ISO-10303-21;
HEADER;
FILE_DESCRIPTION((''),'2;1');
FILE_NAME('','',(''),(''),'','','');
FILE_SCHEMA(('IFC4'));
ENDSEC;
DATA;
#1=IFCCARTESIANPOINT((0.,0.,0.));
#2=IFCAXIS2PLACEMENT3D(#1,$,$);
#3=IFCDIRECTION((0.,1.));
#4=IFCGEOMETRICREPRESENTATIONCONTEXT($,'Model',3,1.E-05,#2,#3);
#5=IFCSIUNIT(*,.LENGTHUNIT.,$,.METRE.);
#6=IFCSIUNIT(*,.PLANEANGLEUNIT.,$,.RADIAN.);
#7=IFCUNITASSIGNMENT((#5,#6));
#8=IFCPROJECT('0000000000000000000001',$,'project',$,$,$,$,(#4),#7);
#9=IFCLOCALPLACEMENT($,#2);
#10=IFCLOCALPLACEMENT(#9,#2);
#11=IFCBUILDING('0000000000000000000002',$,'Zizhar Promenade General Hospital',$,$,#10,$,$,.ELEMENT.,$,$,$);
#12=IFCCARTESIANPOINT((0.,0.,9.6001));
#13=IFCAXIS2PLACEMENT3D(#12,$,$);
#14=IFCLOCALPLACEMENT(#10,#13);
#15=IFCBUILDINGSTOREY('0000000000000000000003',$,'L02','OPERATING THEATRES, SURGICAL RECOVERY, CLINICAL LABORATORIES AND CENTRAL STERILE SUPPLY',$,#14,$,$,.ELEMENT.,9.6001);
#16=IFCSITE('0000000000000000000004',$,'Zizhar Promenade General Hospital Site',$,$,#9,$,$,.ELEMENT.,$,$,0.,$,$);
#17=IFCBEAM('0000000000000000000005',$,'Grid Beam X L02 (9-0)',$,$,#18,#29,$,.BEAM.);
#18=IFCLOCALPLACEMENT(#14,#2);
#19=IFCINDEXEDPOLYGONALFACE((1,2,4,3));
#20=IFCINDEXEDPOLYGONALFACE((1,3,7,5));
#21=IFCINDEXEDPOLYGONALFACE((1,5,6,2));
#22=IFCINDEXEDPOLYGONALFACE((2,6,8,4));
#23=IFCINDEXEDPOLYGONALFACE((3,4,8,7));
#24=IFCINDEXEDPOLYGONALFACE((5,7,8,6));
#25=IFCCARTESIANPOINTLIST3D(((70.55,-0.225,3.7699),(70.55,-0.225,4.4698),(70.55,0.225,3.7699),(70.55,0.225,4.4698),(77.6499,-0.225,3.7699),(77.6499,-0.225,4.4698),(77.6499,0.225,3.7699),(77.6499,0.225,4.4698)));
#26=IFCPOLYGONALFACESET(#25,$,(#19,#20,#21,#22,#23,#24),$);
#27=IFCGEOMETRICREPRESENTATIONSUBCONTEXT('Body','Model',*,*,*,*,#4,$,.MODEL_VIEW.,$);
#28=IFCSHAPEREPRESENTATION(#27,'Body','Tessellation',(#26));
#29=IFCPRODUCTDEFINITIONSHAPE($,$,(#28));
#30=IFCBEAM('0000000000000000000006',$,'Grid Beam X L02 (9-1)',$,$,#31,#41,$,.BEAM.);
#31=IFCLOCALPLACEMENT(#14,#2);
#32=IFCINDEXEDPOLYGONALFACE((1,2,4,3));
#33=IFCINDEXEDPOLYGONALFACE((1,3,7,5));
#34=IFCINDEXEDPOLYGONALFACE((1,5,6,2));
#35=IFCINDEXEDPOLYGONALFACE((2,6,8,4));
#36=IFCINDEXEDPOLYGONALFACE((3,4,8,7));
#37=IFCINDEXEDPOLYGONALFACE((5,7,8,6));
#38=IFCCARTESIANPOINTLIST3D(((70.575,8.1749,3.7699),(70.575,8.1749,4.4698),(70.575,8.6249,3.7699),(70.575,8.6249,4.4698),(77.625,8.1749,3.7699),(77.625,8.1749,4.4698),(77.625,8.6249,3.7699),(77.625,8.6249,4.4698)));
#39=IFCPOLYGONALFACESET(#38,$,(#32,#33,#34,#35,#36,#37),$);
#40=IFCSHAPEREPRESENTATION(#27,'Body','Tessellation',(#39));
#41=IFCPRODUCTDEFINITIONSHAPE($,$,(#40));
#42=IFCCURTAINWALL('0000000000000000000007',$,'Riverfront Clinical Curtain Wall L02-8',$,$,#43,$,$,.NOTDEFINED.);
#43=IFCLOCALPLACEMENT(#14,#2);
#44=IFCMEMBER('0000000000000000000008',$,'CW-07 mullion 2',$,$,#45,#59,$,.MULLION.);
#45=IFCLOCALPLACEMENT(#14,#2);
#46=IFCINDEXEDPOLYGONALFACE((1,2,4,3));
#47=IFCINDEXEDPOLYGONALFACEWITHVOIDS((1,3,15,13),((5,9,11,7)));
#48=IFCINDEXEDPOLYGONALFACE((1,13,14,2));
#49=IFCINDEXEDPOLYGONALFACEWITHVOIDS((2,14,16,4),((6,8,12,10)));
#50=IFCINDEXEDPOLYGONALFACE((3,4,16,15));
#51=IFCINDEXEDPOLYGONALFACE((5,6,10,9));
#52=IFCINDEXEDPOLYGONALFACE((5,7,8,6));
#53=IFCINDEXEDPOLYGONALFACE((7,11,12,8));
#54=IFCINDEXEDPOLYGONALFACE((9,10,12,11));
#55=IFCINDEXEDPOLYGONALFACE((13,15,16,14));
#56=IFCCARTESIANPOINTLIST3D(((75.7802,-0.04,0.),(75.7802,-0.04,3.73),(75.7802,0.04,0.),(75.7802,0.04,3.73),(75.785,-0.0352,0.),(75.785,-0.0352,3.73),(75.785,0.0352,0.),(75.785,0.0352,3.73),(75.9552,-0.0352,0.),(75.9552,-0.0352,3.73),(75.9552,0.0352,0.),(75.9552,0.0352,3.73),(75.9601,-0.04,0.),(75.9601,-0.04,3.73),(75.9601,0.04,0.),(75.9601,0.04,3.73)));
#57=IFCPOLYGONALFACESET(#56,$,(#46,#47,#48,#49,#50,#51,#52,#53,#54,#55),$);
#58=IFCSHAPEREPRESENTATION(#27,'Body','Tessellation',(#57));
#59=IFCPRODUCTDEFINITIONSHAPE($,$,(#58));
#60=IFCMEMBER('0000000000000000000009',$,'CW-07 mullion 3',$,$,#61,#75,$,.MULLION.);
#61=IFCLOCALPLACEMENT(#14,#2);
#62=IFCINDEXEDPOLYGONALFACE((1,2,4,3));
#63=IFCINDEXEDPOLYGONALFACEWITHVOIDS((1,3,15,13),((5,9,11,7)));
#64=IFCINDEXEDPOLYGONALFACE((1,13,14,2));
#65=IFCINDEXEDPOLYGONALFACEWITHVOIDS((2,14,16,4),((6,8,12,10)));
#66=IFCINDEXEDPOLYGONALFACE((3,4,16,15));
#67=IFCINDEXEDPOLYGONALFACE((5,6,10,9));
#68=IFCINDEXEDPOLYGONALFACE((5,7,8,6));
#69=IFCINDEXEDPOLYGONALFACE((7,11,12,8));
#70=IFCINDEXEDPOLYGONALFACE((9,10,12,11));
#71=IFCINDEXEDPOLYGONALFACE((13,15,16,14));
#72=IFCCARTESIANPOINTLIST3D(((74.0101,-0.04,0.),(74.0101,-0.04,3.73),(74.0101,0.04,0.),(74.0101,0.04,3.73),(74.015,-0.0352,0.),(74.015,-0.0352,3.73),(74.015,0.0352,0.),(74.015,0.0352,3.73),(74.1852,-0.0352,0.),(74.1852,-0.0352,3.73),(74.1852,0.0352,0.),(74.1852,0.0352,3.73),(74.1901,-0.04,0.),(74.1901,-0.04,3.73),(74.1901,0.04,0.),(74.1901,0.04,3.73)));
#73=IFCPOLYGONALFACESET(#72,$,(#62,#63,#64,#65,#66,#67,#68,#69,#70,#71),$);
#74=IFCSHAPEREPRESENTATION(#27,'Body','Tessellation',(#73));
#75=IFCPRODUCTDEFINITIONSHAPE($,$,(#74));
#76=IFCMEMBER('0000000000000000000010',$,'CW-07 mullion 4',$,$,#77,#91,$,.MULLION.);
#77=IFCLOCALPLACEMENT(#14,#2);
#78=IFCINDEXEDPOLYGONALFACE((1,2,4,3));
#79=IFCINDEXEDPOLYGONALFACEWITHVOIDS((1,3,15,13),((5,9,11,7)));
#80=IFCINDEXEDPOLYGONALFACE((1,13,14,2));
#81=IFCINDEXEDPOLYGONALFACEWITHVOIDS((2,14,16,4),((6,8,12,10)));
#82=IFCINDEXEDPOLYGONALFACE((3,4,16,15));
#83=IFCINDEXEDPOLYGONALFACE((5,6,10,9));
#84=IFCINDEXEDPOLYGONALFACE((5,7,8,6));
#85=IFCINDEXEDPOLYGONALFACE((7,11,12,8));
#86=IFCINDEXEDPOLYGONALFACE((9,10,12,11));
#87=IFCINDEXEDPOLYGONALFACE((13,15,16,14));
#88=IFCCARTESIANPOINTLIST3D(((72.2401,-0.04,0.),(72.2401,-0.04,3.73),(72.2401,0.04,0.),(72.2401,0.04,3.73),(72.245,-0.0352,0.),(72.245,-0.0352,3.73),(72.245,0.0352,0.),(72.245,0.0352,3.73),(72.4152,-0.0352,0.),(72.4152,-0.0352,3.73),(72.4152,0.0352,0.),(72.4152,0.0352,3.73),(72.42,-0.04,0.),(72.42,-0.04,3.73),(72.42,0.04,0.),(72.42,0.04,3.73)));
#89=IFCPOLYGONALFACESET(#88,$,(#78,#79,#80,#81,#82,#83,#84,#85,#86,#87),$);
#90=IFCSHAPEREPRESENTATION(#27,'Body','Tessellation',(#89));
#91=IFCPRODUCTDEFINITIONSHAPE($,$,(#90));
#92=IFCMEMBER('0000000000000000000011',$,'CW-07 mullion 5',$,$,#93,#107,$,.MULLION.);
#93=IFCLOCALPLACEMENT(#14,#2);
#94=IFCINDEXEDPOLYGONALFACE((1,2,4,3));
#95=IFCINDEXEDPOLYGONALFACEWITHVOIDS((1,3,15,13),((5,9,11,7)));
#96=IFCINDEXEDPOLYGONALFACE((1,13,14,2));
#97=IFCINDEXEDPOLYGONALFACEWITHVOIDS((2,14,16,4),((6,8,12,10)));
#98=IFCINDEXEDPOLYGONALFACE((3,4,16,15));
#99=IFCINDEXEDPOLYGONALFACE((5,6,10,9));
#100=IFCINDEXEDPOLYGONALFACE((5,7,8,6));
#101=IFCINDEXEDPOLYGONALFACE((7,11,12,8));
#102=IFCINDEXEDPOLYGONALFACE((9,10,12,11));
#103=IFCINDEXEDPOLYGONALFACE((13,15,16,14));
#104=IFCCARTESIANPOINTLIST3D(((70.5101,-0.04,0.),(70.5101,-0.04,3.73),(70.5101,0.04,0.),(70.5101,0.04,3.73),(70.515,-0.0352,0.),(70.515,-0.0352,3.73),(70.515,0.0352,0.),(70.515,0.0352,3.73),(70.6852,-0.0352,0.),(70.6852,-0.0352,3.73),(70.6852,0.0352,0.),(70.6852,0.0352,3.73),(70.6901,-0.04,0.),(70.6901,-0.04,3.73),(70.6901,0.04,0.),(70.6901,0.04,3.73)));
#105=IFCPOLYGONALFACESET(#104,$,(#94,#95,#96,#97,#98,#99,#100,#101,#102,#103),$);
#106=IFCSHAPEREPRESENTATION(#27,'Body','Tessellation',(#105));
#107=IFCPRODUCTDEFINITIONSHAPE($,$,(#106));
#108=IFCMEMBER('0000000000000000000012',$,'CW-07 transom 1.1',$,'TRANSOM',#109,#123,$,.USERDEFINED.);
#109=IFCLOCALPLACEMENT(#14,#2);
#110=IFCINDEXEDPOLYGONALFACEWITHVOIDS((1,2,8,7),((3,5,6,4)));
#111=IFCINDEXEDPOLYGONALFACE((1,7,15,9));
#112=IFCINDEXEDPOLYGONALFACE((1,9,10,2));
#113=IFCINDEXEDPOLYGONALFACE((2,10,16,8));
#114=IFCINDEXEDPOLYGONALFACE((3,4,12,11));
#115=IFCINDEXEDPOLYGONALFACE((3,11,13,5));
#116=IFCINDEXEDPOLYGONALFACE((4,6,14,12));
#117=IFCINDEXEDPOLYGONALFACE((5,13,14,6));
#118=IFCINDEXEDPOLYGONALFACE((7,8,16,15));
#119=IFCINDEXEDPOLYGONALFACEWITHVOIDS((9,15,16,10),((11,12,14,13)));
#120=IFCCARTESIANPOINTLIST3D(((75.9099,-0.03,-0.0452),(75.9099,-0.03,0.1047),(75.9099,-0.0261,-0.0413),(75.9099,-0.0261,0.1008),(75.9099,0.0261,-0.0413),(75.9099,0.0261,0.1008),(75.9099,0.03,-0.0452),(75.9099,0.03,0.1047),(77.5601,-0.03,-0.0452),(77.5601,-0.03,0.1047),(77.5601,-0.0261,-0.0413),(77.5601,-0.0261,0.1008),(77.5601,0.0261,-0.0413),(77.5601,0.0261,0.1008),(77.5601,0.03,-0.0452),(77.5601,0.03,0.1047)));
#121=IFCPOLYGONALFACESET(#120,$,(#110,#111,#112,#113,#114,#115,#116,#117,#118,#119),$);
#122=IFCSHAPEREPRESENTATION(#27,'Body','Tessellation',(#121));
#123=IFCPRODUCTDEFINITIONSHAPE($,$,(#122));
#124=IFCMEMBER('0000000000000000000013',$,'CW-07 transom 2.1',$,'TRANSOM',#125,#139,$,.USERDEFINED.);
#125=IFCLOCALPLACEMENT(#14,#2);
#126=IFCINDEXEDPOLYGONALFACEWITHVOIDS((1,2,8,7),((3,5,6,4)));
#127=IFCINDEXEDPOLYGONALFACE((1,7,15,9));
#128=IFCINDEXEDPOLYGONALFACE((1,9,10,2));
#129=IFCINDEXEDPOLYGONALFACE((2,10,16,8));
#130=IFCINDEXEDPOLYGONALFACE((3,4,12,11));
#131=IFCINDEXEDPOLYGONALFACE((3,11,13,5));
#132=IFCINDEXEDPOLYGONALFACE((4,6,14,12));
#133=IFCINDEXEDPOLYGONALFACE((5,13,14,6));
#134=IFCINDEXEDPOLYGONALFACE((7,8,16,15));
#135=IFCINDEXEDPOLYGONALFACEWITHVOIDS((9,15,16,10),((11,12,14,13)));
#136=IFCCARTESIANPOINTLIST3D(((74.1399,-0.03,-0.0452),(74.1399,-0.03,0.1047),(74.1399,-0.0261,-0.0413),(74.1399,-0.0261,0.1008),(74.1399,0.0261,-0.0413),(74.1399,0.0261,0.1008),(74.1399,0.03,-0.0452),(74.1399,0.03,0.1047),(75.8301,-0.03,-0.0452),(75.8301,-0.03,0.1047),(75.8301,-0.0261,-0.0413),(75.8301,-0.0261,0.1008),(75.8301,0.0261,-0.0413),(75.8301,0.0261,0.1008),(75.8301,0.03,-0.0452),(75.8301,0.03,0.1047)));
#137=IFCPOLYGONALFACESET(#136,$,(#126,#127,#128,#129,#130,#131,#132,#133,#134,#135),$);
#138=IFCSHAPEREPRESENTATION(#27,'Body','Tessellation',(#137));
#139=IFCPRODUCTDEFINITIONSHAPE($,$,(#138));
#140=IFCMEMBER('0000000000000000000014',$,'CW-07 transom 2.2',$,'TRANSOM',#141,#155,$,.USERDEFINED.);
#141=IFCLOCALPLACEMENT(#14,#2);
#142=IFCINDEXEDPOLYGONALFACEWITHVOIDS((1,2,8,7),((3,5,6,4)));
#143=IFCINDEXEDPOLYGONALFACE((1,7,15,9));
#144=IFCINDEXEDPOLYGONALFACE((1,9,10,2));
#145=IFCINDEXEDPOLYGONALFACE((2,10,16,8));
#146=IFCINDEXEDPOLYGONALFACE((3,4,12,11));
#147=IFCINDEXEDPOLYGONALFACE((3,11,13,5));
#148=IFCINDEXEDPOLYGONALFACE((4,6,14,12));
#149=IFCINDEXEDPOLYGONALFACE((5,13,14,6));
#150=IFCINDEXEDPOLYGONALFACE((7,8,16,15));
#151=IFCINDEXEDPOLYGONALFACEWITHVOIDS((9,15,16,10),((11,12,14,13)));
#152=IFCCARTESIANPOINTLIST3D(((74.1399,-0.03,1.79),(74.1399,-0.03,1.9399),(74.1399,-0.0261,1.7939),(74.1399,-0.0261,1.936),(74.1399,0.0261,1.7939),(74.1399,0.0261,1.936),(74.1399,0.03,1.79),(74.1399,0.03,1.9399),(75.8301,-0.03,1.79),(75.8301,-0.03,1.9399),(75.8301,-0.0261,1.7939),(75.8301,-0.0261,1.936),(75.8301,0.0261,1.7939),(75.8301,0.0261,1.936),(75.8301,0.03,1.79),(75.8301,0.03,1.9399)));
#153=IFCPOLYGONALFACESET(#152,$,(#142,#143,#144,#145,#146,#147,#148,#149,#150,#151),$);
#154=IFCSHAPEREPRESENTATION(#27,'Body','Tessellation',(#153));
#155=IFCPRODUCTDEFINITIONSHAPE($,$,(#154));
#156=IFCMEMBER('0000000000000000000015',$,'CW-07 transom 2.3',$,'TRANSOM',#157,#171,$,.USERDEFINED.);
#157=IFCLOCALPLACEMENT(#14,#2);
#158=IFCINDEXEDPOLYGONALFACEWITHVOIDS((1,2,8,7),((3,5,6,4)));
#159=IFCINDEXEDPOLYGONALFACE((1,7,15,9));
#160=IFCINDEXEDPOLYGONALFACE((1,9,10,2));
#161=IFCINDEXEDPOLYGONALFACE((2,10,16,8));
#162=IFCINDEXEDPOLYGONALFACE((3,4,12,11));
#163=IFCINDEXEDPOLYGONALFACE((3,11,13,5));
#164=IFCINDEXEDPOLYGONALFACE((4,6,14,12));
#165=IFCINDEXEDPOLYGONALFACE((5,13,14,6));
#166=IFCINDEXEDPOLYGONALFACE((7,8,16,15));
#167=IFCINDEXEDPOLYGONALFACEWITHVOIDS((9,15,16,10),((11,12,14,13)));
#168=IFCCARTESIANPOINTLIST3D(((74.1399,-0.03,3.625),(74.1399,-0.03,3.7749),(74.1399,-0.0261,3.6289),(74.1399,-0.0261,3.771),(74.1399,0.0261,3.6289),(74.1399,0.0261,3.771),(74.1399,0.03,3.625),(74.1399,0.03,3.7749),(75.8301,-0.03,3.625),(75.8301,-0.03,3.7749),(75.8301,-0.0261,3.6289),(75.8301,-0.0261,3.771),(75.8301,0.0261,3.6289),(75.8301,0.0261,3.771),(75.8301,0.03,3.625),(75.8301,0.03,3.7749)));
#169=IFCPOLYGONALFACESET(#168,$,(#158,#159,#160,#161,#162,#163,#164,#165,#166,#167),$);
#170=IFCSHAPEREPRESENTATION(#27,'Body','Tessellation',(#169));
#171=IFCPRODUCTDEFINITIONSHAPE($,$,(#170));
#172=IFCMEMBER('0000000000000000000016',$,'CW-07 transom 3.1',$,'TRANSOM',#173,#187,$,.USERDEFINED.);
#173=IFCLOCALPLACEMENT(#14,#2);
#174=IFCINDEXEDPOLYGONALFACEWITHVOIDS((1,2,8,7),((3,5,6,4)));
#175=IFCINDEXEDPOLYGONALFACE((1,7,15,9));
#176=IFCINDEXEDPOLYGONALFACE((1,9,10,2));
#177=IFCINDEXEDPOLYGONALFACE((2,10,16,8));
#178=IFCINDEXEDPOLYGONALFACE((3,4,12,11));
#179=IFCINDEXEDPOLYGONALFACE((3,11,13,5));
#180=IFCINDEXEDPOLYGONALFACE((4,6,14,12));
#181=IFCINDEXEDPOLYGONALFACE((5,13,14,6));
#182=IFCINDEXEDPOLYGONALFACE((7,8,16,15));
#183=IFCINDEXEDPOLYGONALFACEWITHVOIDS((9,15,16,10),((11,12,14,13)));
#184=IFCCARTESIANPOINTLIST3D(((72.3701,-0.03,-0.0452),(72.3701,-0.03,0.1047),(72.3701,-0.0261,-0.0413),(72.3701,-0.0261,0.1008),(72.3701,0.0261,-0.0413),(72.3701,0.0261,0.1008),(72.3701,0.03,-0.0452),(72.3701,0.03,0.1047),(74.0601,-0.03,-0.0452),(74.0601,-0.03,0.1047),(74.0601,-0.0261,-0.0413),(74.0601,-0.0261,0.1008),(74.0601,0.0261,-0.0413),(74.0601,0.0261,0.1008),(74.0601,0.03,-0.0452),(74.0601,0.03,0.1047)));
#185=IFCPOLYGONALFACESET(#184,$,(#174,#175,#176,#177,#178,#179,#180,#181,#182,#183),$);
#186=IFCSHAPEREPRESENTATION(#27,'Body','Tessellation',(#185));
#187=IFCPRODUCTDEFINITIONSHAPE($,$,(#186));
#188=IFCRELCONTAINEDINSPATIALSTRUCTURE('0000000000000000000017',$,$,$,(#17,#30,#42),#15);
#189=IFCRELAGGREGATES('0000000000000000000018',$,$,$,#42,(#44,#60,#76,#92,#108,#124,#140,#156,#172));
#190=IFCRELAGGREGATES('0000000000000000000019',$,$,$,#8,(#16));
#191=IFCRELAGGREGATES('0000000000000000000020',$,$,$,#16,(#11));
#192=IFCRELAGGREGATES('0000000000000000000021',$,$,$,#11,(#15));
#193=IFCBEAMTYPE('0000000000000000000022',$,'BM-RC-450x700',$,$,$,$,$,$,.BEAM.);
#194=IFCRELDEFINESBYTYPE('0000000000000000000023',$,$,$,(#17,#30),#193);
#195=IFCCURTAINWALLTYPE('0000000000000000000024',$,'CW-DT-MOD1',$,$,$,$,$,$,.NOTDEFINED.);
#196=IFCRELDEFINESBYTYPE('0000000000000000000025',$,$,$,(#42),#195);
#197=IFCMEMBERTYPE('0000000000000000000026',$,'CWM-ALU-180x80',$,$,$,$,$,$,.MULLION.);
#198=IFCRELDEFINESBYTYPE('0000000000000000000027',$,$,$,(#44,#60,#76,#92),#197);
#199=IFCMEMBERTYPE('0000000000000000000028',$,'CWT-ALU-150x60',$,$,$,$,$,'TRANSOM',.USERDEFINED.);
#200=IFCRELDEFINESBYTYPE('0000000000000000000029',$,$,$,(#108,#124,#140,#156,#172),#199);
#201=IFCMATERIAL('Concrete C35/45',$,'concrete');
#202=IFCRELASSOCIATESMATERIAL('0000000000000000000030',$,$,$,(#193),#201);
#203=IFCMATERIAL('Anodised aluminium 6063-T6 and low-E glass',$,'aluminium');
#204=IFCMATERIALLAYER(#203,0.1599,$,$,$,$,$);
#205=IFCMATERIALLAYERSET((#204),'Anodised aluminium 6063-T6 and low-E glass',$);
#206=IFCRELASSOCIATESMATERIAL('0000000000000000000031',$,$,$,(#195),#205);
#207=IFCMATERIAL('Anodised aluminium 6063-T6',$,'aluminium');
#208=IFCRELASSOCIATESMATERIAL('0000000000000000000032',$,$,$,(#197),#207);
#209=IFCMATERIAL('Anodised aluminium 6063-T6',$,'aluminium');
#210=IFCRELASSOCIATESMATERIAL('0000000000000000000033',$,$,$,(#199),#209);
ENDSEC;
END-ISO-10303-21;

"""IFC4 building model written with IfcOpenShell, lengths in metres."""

from ifc_helpers import new_model, si_unit, direction, frame, origin, origin_2d, place, context, subcontext, project, spatial, rectangle, hollow_rectangle, extrude, material, layer, layer_set, material_profile, profile_set, type_object, element, aggregate, save


model = new_model("IFC4")

# Units and contexts
model_context = context("Model", 3, precision=1e-05, world=origin(), true_north=direction((0.0, 1.0)))
body_context = subcontext(model_context, "Body", "Model", "MODEL_VIEW")
ifc_project = project(units=[si_unit("LENGTHUNIT", "METRE"), si_unit("PLANEANGLEUNIT", "RADIAN")], contexts=[model_context])

# Site, building, storey
site_placement = place(None, origin())
site = spatial("IfcSite", under=ifc_project, at=site_placement, Name="Zizhar Promenade General Hospital Site", CompositionType="ELEMENT", RefElevation=0.0)
building_placement = place(site_placement, origin())
building = spatial("IfcBuilding", under=site, at=building_placement, Name="Zizhar Promenade General Hospital", CompositionType="ELEMENT")
storey_placement = place(building_placement, frame((0.0, 0.0, 9.6001)))
storey = spatial("IfcBuildingStorey", under=building, at=storey_placement, Name="L02", Description="OPERATING THEATRES, SURGICAL RECOVERY, CLINICAL LABORATORIES AND CENTRAL STERILE SUPPLY", CompositionType="ELEMENT", Elevation=9.6001)

# Beams
ifc_material_1 = material(Name="Concrete C35/45", Category="concrete")
ifc_material_profile_1 = material_profile(ifc_material_1, rectangle(XDim=0.45, YDim=0.7, at=origin_2d()))
ifc_profile_set_1 = profile_set([ifc_material_profile_1], Name="Concrete C35/45")
beam_type = type_object("IfcBeamType", Name="BM-RC-450x700", PredefinedType="BEAM", material=ifc_profile_set_1)
beam_1_placement = place(storey_placement, frame((70.55, 0.0, 4.1199), z_axis=(1.0, 0.0, 0.0), x_axis=(0.0, 1.0, 0.0)))
element("IfcBeam", 1, at=beam_1_placement, inside=storey, type_object=beam_type, Name="Grid Beam X L02 (9-0)", PredefinedType="BEAM", context=body_context, shape_type="SweptSolid", body=[
    extrude(rectangle(XDim=0.45, YDim=0.7, at=origin_2d()), origin(), (0.0, 0.0, 1.0), 7.0999),
])
beam_2_placement = place(storey_placement, frame((70.575, 8.3999, 4.1199), z_axis=(1.0, 0.0, 0.0), x_axis=(0.0, 1.0, 0.0)))
element("IfcBeam", 2, at=beam_2_placement, inside=storey, type_object=beam_type, Name="Grid Beam X L02 (9-1)", PredefinedType="BEAM", context=body_context, shape_type="SweptSolid", body=[
    extrude(rectangle(XDim=0.45, YDim=0.7, at=origin_2d()), origin(), (0.0, 0.0, 1.0), 7.05),
])

# Curtain wall, members
ifc_material_2 = material(Name="Anodised aluminium 6063-T6 and low-E glass", Category="aluminium")
ifc_layer_1 = layer(ifc_material_2, 0.1599)
ifc_layer_set_1 = layer_set([ifc_layer_1], Name="Anodised aluminium 6063-T6 and low-E glass")
curtain_wall_type = type_object("IfcCurtainWallType", Name="CW-DT-MOD1", PredefinedType="NOTDEFINED", material=ifc_layer_set_1)
curtain_wall_placement = place(storey_placement, origin())
curtain_wall = element("IfcCurtainWall", 3, at=curtain_wall_placement, inside=storey, type_object=curtain_wall_type, Name="Riverfront Clinical Curtain Wall L02-8", PredefinedType="NOTDEFINED")
ifc_material_3 = material(Name="Anodised aluminium 6063-T6", Category="aluminium")
ifc_material_profile_2 = material_profile(ifc_material_3, hollow_rectangle(XDim=0.0801, YDim=0.1799, WallThickness=0.0049, at=origin_2d()))
ifc_profile_set_2 = profile_set([ifc_material_profile_2], Name="Anodised aluminium 6063-T6")
member_type_1 = type_object("IfcMemberType", Name="CWM-ALU-180x80", PredefinedType="MULLION", material=ifc_profile_set_2)
member_1_placement = place(storey_placement, frame((75.8701, 0.0, 0.0), z_axis=(0.0, 0.0, 1.0), x_axis=(0.0, -1.0, 0.0)))
member_1 = element("IfcMember", 4, at=member_1_placement, type_object=member_type_1, Name="CW-07 mullion 2", PredefinedType="MULLION", context=body_context, shape_type="SweptSolid", body=[
    extrude(hollow_rectangle(XDim=0.0801, YDim=0.1799, WallThickness=0.0049, at=origin_2d()), origin(), (0.0, 0.0, 1.0), 3.73),
])
member_2_placement = place(storey_placement, frame((74.1001, 0.0, 0.0), z_axis=(0.0, 0.0, 1.0), x_axis=(0.0, -1.0, 0.0)))
member_2 = element("IfcMember", 5, at=member_2_placement, type_object=member_type_1, Name="CW-07 mullion 3", PredefinedType="MULLION", context=body_context, shape_type="SweptSolid", body=[
    extrude(hollow_rectangle(XDim=0.0801, YDim=0.1799, WallThickness=0.0049, at=origin_2d()), origin(), (0.0, 0.0, 1.0), 3.73),
])
member_3_placement = place(storey_placement, frame((72.3301, 0.0, 0.0), z_axis=(0.0, 0.0, 1.0), x_axis=(0.0, -1.0, 0.0)))
member_3 = element("IfcMember", 6, at=member_3_placement, type_object=member_type_1, Name="CW-07 mullion 4", PredefinedType="MULLION", context=body_context, shape_type="SweptSolid", body=[
    extrude(hollow_rectangle(XDim=0.0801, YDim=0.1799, WallThickness=0.0049, at=origin_2d()), origin(), (0.0, 0.0, 1.0), 3.73),
])
member_4_placement = place(storey_placement, frame((70.6001, 0.0, 0.0), z_axis=(0.0, 0.0, 1.0), x_axis=(0.0, -1.0, 0.0)))
member_4 = element("IfcMember", 7, at=member_4_placement, type_object=member_type_1, Name="CW-07 mullion 5", PredefinedType="MULLION", context=body_context, shape_type="SweptSolid", body=[
    extrude(hollow_rectangle(XDim=0.0801, YDim=0.1799, WallThickness=0.0049, at=origin_2d()), origin(), (0.0, 0.0, 1.0), 3.73),
])
ifc_material_4 = material(Name="Anodised aluminium 6063-T6", Category="aluminium")
ifc_material_profile_3 = material_profile(ifc_material_4, hollow_rectangle(XDim=0.0601, YDim=0.1499, WallThickness=0.0039, at=origin_2d()))
ifc_profile_set_3 = profile_set([ifc_material_profile_3], Name="Anodised aluminium 6063-T6")
member_type_2 = type_object("IfcMemberType", Name="CWT-ALU-150x60", ElementType="TRANSOM", PredefinedType="USERDEFINED", material=ifc_profile_set_3)
member_5_placement = place(storey_placement, frame((77.5601, 0.0, 0.0298), z_axis=(-1.0, 0.0, 0.0), x_axis=(0.0, -1.0, 0.0)))
member_5 = element("IfcMember", 8, at=member_5_placement, type_object=member_type_2, Name="CW-07 transom 1.1", ObjectType="TRANSOM", PredefinedType="USERDEFINED", context=body_context, shape_type="SweptSolid", body=[
    extrude(hollow_rectangle(XDim=0.0601, YDim=0.1499, WallThickness=0.0039, at=origin_2d()), origin(), (0.0, 0.0, 1.0), 1.6501),
])
member_6_placement = place(storey_placement, frame((75.8301, 0.0, 0.0298), z_axis=(-1.0, 0.0, 0.0), x_axis=(0.0, -1.0, 0.0)))
member_6 = element("IfcMember", 9, at=member_6_placement, type_object=member_type_2, Name="CW-07 transom 2.1", ObjectType="TRANSOM", PredefinedType="USERDEFINED", context=body_context, shape_type="SweptSolid", body=[
    extrude(hollow_rectangle(XDim=0.0601, YDim=0.1499, WallThickness=0.0039, at=origin_2d()), origin(), (0.0, 0.0, 1.0), 1.6902),
])
member_7_placement = place(storey_placement, frame((75.8301, 0.0, 1.865), z_axis=(-1.0, 0.0, 0.0), x_axis=(0.0, -1.0, 0.0)))
member_7 = element("IfcMember", 10, at=member_7_placement, type_object=member_type_2, Name="CW-07 transom 2.2", ObjectType="TRANSOM", PredefinedType="USERDEFINED", context=body_context, shape_type="SweptSolid", body=[
    extrude(hollow_rectangle(XDim=0.0601, YDim=0.1499, WallThickness=0.0039, at=origin_2d()), origin(), (0.0, 0.0, 1.0), 1.6902),
])
member_8_placement = place(storey_placement, frame((75.8301, 0.0, 3.7), z_axis=(-1.0, 0.0, 0.0), x_axis=(0.0, -1.0, 0.0)))
member_8 = element("IfcMember", 11, at=member_8_placement, type_object=member_type_2, Name="CW-07 transom 2.3", ObjectType="TRANSOM", PredefinedType="USERDEFINED", context=body_context, shape_type="SweptSolid", body=[
    extrude(hollow_rectangle(XDim=0.0601, YDim=0.1499, WallThickness=0.0039, at=origin_2d()), origin(), (0.0, 0.0, 1.0), 1.6902),
])
member_9_placement = place(storey_placement, frame((74.0601, 0.0, 0.0298), z_axis=(-1.0, 0.0, 0.0), x_axis=(0.0, -1.0, 0.0)))
member_9 = element("IfcMember", 12, at=member_9_placement, type_object=member_type_2, Name="CW-07 transom 3.1", ObjectType="TRANSOM", PredefinedType="USERDEFINED", context=body_context, shape_type="SweptSolid", body=[
    extrude(hollow_rectangle(XDim=0.0601, YDim=0.1499, WallThickness=0.0039, at=origin_2d()), origin(), (0.0, 0.0, 1.0), 1.6899),
])
aggregate(curtain_wall, [member_1, member_2, member_3, member_4, member_5, member_6, member_7, member_8, member_9])

save(model, "model.ifc")
